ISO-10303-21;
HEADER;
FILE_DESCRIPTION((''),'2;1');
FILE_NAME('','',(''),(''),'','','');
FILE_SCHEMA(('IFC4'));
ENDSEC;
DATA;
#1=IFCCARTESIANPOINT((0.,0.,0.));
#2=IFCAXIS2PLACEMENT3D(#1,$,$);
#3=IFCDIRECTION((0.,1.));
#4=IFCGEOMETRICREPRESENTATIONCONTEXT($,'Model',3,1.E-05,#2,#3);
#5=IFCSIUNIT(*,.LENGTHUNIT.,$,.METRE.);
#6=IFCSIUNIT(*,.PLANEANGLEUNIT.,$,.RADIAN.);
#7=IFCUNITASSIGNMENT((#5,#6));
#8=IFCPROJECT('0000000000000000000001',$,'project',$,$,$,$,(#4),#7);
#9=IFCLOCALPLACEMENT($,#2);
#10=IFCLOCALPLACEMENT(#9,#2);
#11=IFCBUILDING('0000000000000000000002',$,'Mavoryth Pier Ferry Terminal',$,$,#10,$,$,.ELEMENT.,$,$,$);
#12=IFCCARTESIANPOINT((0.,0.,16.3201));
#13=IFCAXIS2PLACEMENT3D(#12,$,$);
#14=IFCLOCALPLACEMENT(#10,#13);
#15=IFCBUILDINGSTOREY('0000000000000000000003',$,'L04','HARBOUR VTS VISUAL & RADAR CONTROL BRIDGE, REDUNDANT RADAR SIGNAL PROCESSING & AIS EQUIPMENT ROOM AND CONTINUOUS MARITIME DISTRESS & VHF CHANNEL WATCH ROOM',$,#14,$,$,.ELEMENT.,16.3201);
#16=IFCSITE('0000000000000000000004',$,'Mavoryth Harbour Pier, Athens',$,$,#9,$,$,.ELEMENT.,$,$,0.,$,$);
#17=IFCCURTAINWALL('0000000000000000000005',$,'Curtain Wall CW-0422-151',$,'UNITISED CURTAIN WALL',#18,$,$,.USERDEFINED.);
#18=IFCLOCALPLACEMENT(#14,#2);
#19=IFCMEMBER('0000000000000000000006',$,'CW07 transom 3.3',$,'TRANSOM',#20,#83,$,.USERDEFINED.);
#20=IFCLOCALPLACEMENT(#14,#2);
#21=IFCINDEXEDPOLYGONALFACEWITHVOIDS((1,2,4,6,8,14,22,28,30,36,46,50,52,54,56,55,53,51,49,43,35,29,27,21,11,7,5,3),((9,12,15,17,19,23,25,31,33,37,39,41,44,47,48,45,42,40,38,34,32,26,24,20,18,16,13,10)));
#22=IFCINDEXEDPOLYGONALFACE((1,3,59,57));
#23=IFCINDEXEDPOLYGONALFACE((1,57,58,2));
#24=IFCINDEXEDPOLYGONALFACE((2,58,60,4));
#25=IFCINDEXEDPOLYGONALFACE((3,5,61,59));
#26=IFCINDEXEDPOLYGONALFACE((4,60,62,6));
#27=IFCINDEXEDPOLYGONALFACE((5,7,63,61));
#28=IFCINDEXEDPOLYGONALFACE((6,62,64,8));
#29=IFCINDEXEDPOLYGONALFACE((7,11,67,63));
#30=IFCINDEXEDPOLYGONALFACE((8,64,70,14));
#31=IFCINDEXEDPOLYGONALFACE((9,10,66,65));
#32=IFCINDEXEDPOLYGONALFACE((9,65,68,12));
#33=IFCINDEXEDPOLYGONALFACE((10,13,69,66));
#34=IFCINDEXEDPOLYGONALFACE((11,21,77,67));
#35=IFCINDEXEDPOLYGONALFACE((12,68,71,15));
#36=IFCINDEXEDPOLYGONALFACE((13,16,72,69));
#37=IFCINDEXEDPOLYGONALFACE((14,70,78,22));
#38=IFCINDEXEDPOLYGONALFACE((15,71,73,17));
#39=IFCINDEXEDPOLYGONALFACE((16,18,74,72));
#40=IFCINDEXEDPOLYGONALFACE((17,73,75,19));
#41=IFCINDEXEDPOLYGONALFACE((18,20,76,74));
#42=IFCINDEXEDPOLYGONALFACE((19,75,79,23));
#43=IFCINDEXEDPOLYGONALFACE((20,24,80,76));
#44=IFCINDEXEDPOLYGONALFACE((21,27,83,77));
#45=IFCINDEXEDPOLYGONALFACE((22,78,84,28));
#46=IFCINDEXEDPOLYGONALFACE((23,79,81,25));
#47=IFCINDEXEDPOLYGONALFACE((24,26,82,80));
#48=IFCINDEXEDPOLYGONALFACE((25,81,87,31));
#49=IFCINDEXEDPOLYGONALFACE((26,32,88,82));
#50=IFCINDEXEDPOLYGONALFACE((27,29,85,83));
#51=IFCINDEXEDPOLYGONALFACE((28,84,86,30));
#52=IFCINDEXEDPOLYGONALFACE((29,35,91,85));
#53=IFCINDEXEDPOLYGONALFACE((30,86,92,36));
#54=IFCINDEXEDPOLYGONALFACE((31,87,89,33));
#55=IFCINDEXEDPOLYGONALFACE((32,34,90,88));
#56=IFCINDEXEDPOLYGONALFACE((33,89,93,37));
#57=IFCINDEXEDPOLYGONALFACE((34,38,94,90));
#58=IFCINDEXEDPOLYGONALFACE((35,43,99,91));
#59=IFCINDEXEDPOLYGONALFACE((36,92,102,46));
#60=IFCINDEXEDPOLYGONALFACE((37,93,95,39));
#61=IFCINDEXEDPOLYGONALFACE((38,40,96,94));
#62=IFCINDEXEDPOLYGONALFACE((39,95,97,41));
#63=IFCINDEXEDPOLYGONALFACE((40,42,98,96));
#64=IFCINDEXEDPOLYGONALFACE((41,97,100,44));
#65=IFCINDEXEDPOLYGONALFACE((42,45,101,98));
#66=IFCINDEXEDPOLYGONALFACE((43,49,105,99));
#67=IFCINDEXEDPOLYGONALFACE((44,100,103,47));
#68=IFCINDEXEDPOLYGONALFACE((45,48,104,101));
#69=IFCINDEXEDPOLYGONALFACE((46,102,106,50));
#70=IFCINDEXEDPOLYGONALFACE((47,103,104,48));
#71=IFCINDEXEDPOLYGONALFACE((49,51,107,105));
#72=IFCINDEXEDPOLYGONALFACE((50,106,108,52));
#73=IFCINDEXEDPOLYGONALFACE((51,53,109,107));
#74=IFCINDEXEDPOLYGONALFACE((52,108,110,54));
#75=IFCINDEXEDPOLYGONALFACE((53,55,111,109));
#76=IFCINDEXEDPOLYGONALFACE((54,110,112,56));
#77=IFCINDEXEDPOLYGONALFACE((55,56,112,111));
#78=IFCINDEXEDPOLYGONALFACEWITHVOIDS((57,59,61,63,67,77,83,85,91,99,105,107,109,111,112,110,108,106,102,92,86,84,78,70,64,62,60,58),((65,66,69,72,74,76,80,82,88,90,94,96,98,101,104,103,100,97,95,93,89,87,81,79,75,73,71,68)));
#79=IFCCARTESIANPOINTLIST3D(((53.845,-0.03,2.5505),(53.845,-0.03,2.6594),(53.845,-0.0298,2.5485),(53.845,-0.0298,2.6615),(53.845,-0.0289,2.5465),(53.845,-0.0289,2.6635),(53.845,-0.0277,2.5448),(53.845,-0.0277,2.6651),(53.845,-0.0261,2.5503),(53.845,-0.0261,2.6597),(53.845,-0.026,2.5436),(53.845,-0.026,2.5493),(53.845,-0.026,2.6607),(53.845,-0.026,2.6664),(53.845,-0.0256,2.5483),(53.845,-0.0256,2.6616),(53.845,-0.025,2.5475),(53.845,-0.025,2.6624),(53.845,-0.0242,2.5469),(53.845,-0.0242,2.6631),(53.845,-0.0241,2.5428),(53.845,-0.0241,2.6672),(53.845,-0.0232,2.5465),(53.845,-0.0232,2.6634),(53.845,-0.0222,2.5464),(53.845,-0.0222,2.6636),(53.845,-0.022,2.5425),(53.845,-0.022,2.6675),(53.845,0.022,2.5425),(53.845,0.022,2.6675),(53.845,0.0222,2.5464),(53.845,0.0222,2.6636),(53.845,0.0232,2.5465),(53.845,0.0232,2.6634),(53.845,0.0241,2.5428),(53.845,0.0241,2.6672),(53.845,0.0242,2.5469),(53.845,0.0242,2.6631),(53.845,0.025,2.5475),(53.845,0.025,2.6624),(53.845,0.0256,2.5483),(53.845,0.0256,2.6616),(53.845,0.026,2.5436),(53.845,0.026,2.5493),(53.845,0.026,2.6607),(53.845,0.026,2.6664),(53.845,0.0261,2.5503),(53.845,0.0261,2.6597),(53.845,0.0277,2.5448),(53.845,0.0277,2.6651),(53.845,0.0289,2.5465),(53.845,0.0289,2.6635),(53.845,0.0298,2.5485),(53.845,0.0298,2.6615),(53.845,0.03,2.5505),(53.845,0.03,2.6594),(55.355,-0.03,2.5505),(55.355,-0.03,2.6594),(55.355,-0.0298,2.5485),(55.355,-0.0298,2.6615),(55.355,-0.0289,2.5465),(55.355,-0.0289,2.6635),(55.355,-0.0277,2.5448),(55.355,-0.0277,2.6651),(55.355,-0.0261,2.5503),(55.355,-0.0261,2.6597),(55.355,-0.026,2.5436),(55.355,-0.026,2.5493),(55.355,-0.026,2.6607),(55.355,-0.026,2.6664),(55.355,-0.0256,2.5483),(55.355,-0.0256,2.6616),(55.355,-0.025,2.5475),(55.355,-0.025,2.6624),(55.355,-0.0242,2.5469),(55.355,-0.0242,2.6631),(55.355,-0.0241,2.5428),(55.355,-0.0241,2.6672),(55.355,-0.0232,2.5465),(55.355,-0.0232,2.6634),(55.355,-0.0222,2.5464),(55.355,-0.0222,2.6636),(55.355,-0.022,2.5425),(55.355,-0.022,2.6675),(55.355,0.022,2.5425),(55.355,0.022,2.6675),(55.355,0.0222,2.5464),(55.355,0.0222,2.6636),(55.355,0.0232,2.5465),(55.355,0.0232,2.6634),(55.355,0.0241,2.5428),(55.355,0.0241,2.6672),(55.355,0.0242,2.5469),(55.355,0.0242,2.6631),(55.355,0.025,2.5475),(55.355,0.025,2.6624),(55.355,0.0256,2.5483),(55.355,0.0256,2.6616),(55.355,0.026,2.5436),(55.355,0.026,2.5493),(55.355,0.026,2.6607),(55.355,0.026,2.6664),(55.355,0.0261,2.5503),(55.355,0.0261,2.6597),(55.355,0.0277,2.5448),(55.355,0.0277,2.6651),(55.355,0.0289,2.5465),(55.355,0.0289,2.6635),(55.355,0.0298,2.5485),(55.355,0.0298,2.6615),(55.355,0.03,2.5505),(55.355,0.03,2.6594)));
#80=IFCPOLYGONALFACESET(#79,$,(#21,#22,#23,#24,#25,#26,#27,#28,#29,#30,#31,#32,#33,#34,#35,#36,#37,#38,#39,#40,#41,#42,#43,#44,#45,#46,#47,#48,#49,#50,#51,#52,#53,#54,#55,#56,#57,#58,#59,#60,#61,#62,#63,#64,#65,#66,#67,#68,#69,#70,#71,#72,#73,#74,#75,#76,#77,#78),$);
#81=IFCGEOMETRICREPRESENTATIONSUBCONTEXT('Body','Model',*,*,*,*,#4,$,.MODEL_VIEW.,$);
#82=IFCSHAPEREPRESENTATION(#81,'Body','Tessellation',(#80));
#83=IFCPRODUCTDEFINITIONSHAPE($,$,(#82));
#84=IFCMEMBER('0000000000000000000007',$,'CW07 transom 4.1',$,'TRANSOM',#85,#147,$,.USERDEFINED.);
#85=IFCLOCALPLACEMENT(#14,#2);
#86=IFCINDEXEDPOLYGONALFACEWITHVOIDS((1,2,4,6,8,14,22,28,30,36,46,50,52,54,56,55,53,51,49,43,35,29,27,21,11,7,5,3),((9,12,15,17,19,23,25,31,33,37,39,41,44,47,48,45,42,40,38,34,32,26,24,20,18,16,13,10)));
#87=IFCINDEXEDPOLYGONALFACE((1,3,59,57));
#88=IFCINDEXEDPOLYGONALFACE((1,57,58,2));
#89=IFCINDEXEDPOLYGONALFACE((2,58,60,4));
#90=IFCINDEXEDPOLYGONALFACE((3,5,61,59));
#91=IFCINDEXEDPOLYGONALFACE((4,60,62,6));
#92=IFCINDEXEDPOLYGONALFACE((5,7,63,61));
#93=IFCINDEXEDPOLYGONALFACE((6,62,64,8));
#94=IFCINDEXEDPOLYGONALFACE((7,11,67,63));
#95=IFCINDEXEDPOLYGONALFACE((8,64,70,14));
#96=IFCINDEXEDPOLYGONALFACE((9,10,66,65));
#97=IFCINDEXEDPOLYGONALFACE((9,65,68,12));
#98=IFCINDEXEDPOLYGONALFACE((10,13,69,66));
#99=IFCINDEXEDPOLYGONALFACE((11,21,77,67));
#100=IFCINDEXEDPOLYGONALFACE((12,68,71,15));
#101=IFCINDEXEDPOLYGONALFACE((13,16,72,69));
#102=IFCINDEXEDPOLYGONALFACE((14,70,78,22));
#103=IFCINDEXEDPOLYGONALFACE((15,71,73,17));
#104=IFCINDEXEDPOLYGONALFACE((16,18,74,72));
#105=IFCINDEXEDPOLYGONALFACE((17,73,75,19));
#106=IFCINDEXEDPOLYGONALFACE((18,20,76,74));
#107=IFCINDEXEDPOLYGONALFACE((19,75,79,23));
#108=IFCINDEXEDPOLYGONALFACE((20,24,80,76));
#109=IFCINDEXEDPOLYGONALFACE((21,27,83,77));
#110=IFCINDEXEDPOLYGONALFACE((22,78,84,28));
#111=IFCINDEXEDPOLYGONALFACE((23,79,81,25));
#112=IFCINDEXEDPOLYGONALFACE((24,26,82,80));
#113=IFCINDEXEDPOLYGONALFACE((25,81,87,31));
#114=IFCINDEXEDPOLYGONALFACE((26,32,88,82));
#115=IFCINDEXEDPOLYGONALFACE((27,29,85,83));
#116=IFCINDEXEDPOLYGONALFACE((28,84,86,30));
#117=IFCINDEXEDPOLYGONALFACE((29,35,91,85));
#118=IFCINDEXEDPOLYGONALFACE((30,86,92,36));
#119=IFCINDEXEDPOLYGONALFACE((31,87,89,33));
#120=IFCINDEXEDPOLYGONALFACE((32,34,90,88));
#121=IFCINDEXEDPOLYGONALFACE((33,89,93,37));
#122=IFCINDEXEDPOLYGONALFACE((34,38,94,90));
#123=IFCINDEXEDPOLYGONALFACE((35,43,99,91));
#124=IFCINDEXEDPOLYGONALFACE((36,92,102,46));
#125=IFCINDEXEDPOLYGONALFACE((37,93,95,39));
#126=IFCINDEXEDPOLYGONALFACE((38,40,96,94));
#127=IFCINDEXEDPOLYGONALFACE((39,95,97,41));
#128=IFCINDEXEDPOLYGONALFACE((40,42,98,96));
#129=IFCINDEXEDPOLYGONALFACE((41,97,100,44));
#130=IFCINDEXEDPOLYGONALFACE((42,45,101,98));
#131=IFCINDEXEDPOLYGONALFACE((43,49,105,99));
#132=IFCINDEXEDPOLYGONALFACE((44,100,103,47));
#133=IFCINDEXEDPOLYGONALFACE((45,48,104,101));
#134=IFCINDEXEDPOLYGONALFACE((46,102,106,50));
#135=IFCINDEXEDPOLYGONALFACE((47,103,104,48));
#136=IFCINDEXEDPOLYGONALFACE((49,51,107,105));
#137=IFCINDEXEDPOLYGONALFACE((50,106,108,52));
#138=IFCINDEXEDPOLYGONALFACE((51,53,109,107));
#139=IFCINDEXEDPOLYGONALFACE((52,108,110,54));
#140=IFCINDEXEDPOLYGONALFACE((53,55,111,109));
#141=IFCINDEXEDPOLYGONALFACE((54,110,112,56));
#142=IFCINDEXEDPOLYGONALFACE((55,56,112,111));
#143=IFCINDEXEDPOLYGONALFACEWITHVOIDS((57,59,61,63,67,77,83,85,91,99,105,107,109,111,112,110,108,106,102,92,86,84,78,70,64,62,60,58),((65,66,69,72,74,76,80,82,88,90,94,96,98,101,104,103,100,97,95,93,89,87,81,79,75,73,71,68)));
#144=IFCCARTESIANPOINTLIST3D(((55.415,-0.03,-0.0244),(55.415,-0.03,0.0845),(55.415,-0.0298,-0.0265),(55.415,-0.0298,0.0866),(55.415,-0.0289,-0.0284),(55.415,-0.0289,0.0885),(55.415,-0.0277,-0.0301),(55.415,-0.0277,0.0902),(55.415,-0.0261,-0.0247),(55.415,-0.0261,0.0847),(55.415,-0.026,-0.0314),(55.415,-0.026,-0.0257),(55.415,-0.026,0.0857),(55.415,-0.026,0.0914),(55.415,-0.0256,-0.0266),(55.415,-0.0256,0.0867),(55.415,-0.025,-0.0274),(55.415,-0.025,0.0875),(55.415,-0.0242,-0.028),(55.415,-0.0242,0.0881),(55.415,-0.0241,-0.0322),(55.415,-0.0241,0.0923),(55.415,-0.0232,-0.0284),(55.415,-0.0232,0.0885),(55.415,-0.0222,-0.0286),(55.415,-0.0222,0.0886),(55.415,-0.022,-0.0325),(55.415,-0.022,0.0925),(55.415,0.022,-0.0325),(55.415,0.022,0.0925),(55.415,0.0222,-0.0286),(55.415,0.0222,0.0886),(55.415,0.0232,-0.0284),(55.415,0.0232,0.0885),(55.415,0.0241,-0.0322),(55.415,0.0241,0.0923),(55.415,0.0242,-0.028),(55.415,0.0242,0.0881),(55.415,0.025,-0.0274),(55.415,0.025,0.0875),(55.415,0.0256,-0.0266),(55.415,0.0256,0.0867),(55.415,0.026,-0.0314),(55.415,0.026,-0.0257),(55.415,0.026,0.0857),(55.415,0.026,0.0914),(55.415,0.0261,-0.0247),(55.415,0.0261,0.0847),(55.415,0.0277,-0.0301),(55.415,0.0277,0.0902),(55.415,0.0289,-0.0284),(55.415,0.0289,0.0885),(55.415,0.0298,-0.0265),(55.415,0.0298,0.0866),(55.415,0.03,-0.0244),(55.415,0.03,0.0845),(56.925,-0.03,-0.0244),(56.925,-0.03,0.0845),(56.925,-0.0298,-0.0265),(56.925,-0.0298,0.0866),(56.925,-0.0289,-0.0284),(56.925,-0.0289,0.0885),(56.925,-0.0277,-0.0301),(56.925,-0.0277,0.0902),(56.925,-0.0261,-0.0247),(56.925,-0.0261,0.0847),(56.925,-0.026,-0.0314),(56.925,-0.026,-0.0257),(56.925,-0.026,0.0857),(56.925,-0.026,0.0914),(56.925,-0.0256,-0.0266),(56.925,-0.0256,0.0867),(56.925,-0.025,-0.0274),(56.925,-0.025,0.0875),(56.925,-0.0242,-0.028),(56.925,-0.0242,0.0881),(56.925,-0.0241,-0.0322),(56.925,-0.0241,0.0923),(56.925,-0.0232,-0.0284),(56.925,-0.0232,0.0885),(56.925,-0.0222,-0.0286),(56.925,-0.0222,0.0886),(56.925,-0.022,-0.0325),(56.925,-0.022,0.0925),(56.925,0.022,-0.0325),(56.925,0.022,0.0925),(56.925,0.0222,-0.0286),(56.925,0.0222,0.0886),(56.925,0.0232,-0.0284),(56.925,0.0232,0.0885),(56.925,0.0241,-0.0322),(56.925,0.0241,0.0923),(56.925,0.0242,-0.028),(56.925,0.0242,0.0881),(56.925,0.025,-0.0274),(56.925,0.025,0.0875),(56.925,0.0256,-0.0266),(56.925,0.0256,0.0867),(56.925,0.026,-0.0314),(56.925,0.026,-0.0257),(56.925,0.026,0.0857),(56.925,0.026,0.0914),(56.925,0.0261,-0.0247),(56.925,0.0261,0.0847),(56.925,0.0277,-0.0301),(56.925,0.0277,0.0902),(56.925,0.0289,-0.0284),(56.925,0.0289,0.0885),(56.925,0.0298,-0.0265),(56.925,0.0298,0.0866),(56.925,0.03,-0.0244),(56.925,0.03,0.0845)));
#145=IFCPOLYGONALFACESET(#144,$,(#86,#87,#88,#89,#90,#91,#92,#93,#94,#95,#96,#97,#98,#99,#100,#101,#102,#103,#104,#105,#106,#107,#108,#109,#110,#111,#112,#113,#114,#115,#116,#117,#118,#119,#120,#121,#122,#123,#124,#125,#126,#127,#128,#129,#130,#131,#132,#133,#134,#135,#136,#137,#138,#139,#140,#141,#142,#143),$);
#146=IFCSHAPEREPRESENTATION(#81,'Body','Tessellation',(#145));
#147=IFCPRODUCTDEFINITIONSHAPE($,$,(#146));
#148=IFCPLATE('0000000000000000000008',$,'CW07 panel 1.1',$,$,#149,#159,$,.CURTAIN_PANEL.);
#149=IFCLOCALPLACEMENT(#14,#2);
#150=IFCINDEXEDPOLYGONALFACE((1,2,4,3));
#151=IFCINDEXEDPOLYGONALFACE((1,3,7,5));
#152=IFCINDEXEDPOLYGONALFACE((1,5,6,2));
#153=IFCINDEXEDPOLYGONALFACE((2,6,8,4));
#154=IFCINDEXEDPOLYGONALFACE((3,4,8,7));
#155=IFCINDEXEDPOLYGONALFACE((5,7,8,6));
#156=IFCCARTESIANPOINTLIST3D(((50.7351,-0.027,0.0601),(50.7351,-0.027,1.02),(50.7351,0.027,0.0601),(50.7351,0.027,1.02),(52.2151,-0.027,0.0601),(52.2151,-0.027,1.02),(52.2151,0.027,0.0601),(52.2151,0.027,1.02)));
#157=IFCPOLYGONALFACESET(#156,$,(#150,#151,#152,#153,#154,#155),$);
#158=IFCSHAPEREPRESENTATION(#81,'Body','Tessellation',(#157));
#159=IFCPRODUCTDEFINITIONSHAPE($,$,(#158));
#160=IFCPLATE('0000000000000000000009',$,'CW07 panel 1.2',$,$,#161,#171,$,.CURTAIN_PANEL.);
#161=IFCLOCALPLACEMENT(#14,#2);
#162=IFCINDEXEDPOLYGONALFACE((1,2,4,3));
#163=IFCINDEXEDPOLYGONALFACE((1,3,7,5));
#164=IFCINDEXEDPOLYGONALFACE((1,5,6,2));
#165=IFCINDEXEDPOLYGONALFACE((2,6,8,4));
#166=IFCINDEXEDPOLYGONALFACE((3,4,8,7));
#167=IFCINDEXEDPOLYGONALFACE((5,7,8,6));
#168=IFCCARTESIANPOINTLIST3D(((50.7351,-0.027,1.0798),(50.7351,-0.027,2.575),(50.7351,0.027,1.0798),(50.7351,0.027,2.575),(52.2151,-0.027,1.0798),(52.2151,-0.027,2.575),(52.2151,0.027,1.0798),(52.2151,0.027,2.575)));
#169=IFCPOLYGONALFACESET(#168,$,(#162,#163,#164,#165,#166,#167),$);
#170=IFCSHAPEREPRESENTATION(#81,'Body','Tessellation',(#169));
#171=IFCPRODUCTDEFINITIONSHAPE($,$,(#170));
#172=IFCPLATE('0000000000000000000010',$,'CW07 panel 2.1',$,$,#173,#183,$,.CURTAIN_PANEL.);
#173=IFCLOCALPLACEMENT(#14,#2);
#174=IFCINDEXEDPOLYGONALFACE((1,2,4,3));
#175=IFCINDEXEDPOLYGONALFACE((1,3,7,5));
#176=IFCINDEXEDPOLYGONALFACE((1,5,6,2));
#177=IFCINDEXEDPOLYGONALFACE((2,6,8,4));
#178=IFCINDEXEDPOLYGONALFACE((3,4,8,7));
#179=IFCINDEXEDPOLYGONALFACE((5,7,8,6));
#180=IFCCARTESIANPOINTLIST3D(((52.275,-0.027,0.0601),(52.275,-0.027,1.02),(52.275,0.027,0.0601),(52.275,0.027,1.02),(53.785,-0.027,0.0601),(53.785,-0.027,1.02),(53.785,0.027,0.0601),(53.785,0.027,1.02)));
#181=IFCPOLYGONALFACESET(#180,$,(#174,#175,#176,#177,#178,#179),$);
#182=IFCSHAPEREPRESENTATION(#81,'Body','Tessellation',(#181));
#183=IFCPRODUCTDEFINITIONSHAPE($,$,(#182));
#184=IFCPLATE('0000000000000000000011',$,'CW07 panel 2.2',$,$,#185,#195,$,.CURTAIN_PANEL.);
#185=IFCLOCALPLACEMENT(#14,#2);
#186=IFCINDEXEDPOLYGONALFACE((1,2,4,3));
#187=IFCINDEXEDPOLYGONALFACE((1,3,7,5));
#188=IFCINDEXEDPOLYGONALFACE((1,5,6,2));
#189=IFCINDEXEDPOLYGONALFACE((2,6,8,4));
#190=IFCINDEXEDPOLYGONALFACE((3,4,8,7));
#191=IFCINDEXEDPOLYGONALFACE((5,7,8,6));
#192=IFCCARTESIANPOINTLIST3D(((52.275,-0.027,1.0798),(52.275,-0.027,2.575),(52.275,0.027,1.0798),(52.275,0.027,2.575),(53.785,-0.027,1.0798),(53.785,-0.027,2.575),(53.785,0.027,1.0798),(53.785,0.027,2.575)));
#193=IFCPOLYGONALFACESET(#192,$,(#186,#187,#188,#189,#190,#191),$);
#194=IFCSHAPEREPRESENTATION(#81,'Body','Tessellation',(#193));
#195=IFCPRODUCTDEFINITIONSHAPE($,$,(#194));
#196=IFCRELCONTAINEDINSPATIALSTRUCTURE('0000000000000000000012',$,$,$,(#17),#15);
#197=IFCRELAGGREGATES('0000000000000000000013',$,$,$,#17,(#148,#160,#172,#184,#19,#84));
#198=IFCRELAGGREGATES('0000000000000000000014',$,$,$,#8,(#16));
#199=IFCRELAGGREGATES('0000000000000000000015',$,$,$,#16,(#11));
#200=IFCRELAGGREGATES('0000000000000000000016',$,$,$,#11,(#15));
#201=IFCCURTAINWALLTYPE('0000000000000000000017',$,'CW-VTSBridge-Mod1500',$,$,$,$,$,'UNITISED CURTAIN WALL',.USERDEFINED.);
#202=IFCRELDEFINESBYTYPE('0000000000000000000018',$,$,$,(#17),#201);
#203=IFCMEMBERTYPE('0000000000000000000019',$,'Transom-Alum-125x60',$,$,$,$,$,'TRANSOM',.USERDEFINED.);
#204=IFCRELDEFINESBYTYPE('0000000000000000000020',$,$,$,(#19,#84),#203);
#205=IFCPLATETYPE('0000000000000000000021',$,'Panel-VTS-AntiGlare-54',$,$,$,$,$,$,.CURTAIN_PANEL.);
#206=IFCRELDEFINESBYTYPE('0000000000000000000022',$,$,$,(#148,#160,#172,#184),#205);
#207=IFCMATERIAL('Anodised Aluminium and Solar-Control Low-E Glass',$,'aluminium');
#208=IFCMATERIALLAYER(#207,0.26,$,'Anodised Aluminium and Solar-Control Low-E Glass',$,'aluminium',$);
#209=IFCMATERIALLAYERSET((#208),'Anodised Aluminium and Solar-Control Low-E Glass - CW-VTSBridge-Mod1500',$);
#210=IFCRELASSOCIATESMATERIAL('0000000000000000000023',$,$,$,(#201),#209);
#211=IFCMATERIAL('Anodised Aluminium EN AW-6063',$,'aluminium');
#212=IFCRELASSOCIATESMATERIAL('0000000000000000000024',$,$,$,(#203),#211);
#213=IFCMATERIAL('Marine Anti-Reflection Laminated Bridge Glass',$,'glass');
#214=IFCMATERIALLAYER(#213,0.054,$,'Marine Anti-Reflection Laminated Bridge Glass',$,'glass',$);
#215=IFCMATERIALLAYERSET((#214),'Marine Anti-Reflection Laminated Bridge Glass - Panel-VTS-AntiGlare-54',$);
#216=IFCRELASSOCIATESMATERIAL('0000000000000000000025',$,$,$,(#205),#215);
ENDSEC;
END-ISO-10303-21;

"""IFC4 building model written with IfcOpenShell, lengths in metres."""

from ifc_helpers import new_model, si_unit, direction, frame, origin, origin_2d, place, context, subcontext, project, spatial, rectangle, hollow_rectangle, extrude, material, layer, layer_set, material_profile, profile_set, type_object, element, aggregate, save


model = new_model("IFC4")

# Units and contexts
model_context = context("Model", 3, precision=1e-05, world=origin(), true_north=direction((0.0, 1.0)))
body_context = subcontext(model_context, "Body", "Model", "MODEL_VIEW")
ifc_project = project(units=[si_unit("LENGTHUNIT", "METRE"), si_unit("PLANEANGLEUNIT", "RADIAN")], contexts=[model_context])

# Site, building, storey
site_placement = place(None, origin())
site = spatial("IfcSite", under=ifc_project, at=site_placement, Name="Mavoryth Harbour Pier, Athens", CompositionType="ELEMENT", RefElevation=0.0)
building_placement = place(site_placement, origin())
building = spatial("IfcBuilding", under=site, at=building_placement, Name="Mavoryth Pier Ferry Terminal", CompositionType="ELEMENT")
storey_placement = place(building_placement, frame((0.0, 0.0, 16.3201)))
storey = spatial("IfcBuildingStorey", under=building, at=storey_placement, Name="L04", Description="HARBOUR VTS VISUAL & RADAR CONTROL BRIDGE, REDUNDANT RADAR SIGNAL PROCESSING & AIS EQUIPMENT ROOM AND CONTINUOUS MARITIME DISTRESS & VHF CHANNEL WATCH ROOM", CompositionType="ELEMENT", Elevation=16.3201)

# Curtain wall
ifc_material_1 = material(Name="Anodised Aluminium and Solar-Control Low-E Glass", Category="aluminium")
ifc_layer_1 = layer(ifc_material_1, 0.26, Name="Anodised Aluminium and Solar-Control Low-E Glass", Category="aluminium")
ifc_layer_set_1 = layer_set([ifc_layer_1], Name="Anodised Aluminium and Solar-Control Low-E Glass - CW-VTSBridge-Mod1500")
curtain_wall_type = type_object("IfcCurtainWallType", Name="CW-VTSBridge-Mod1500", ElementType="UNITISED CURTAIN WALL", PredefinedType="USERDEFINED", material=ifc_layer_set_1)
curtain_wall_placement = place(storey_placement, origin())
curtain_wall = element("IfcCurtainWall", 1, at=curtain_wall_placement, inside=storey, type_object=curtain_wall_type, Name="Curtain Wall CW-0422-151", ObjectType="UNITISED CURTAIN WALL", PredefinedType="USERDEFINED")
ifc_material_2 = material(Name="Anodised Aluminium EN AW-6063", Category="aluminium")

# Members
ifc_material_profile_1 = material_profile(ifc_material_2, hollow_rectangle(XDim=0.0601, YDim=0.125, WallThickness=0.0039, InnerFilletRadius=0.0039, OuterFilletRadius=0.0081, at=origin_2d()), Name="AL-TRAN 125x60x4", Category="aluminium")
ifc_profile_set_1 = profile_set([ifc_material_profile_1], Name="Anodised Aluminium EN AW-6063 - AL-TRAN 125x60x4")
member_type_1 = type_object("IfcMemberType", Name="Transom-Alum-125x60", ElementType="TRANSOM", PredefinedType="USERDEFINED", material=ifc_profile_set_1)
member_1_placement = place(storey_placement, frame((53.845, 0.0, 2.605), z_axis=(1.0, 0.0, 0.0), x_axis=(0.0, 1.0, 0.0)))
member_1 = element("IfcMember", 2, at=member_1_placement, type_object=member_type_1, Name="CW07 transom 3.3", ObjectType="TRANSOM", PredefinedType="USERDEFINED", context=body_context, shape_type="SweptSolid", body=[
    extrude(hollow_rectangle(XDim=0.0601, YDim=0.125, WallThickness=0.0039, InnerFilletRadius=0.0039, OuterFilletRadius=0.0081, at=origin_2d()), origin(), (0.0, 0.0, 1.0), 1.51),
])
member_2_placement = place(storey_placement, frame((55.415, 0.0, 0.03), z_axis=(1.0, 0.0, 0.0), x_axis=(0.0, 1.0, 0.0)))
member_2 = element("IfcMember", 3, at=member_2_placement, type_object=member_type_1, Name="CW07 transom 4.1", ObjectType="TRANSOM", PredefinedType="USERDEFINED", context=body_context, shape_type="SweptSolid", body=[
    extrude(hollow_rectangle(XDim=0.0601, YDim=0.125, WallThickness=0.0039, InnerFilletRadius=0.0039, OuterFilletRadius=0.0081, at=origin_2d()), origin(), (0.0, 0.0, 1.0), 1.51),
])

# Plates
ifc_material_3 = material(Name="Marine Anti-Reflection Laminated Bridge Glass", Category="glass")
ifc_layer_2 = layer(ifc_material_3, 0.054, Name="Marine Anti-Reflection Laminated Bridge Glass", Category="glass")
ifc_layer_set_2 = layer_set([ifc_layer_2], Name="Marine Anti-Reflection Laminated Bridge Glass - Panel-VTS-AntiGlare-54")
plate_type = type_object("IfcPlateType", Name="Panel-VTS-AntiGlare-54", PredefinedType="CURTAIN_PANEL", material=ifc_layer_set_2)
plate_1_placement = place(storey_placement, frame((51.4751, 0.0, 0.0601), z_axis=(0.0, 0.0, 1.0), x_axis=(1.0, 0.0, 0.0)))
plate_1 = element("IfcPlate", 4, at=plate_1_placement, type_object=plate_type, Name="CW07 panel 1.1", PredefinedType="CURTAIN_PANEL", context=body_context, shape_type="SweptSolid", body=[
    extrude(rectangle(XDim=1.48, YDim=0.054, at=origin_2d()), origin(), (0.0, 0.0, 1.0), 0.96),
])
plate_2_placement = place(storey_placement, frame((51.4751, 0.0, 1.0798), z_axis=(0.0, 0.0, 1.0), x_axis=(1.0, 0.0, 0.0)))
plate_2 = element("IfcPlate", 5, at=plate_2_placement, type_object=plate_type, Name="CW07 panel 1.2", PredefinedType="CURTAIN_PANEL", context=body_context, shape_type="SweptSolid", body=[
    extrude(rectangle(XDim=1.48, YDim=0.054, at=origin_2d()), origin(), (0.0, 0.0, 1.0), 1.4951),
])
plate_3_placement = place(storey_placement, frame((53.03, 0.0, 0.0601), z_axis=(0.0, 0.0, 1.0), x_axis=(1.0, 0.0, 0.0)))
plate_3 = element("IfcPlate", 6, at=plate_3_placement, type_object=plate_type, Name="CW07 panel 2.1", PredefinedType="CURTAIN_PANEL", context=body_context, shape_type="SweptSolid", body=[
    extrude(rectangle(XDim=1.51, YDim=0.054, at=origin_2d()), origin(), (0.0, 0.0, 1.0), 0.96),
])
plate_4_placement = place(storey_placement, frame((53.03, 0.0, 1.0798), z_axis=(0.0, 0.0, 1.0), x_axis=(1.0, 0.0, 0.0)))
plate_4 = element("IfcPlate", 7, at=plate_4_placement, type_object=plate_type, Name="CW07 panel 2.2", PredefinedType="CURTAIN_PANEL", context=body_context, shape_type="SweptSolid", body=[
    extrude(rectangle(XDim=1.51, YDim=0.054, at=origin_2d()), origin(), (0.0, 0.0, 1.0), 1.4951),
])
aggregate(curtain_wall, [plate_1, plate_2, plate_3, plate_4, member_1, member_2])

save(model, "model.ifc")
